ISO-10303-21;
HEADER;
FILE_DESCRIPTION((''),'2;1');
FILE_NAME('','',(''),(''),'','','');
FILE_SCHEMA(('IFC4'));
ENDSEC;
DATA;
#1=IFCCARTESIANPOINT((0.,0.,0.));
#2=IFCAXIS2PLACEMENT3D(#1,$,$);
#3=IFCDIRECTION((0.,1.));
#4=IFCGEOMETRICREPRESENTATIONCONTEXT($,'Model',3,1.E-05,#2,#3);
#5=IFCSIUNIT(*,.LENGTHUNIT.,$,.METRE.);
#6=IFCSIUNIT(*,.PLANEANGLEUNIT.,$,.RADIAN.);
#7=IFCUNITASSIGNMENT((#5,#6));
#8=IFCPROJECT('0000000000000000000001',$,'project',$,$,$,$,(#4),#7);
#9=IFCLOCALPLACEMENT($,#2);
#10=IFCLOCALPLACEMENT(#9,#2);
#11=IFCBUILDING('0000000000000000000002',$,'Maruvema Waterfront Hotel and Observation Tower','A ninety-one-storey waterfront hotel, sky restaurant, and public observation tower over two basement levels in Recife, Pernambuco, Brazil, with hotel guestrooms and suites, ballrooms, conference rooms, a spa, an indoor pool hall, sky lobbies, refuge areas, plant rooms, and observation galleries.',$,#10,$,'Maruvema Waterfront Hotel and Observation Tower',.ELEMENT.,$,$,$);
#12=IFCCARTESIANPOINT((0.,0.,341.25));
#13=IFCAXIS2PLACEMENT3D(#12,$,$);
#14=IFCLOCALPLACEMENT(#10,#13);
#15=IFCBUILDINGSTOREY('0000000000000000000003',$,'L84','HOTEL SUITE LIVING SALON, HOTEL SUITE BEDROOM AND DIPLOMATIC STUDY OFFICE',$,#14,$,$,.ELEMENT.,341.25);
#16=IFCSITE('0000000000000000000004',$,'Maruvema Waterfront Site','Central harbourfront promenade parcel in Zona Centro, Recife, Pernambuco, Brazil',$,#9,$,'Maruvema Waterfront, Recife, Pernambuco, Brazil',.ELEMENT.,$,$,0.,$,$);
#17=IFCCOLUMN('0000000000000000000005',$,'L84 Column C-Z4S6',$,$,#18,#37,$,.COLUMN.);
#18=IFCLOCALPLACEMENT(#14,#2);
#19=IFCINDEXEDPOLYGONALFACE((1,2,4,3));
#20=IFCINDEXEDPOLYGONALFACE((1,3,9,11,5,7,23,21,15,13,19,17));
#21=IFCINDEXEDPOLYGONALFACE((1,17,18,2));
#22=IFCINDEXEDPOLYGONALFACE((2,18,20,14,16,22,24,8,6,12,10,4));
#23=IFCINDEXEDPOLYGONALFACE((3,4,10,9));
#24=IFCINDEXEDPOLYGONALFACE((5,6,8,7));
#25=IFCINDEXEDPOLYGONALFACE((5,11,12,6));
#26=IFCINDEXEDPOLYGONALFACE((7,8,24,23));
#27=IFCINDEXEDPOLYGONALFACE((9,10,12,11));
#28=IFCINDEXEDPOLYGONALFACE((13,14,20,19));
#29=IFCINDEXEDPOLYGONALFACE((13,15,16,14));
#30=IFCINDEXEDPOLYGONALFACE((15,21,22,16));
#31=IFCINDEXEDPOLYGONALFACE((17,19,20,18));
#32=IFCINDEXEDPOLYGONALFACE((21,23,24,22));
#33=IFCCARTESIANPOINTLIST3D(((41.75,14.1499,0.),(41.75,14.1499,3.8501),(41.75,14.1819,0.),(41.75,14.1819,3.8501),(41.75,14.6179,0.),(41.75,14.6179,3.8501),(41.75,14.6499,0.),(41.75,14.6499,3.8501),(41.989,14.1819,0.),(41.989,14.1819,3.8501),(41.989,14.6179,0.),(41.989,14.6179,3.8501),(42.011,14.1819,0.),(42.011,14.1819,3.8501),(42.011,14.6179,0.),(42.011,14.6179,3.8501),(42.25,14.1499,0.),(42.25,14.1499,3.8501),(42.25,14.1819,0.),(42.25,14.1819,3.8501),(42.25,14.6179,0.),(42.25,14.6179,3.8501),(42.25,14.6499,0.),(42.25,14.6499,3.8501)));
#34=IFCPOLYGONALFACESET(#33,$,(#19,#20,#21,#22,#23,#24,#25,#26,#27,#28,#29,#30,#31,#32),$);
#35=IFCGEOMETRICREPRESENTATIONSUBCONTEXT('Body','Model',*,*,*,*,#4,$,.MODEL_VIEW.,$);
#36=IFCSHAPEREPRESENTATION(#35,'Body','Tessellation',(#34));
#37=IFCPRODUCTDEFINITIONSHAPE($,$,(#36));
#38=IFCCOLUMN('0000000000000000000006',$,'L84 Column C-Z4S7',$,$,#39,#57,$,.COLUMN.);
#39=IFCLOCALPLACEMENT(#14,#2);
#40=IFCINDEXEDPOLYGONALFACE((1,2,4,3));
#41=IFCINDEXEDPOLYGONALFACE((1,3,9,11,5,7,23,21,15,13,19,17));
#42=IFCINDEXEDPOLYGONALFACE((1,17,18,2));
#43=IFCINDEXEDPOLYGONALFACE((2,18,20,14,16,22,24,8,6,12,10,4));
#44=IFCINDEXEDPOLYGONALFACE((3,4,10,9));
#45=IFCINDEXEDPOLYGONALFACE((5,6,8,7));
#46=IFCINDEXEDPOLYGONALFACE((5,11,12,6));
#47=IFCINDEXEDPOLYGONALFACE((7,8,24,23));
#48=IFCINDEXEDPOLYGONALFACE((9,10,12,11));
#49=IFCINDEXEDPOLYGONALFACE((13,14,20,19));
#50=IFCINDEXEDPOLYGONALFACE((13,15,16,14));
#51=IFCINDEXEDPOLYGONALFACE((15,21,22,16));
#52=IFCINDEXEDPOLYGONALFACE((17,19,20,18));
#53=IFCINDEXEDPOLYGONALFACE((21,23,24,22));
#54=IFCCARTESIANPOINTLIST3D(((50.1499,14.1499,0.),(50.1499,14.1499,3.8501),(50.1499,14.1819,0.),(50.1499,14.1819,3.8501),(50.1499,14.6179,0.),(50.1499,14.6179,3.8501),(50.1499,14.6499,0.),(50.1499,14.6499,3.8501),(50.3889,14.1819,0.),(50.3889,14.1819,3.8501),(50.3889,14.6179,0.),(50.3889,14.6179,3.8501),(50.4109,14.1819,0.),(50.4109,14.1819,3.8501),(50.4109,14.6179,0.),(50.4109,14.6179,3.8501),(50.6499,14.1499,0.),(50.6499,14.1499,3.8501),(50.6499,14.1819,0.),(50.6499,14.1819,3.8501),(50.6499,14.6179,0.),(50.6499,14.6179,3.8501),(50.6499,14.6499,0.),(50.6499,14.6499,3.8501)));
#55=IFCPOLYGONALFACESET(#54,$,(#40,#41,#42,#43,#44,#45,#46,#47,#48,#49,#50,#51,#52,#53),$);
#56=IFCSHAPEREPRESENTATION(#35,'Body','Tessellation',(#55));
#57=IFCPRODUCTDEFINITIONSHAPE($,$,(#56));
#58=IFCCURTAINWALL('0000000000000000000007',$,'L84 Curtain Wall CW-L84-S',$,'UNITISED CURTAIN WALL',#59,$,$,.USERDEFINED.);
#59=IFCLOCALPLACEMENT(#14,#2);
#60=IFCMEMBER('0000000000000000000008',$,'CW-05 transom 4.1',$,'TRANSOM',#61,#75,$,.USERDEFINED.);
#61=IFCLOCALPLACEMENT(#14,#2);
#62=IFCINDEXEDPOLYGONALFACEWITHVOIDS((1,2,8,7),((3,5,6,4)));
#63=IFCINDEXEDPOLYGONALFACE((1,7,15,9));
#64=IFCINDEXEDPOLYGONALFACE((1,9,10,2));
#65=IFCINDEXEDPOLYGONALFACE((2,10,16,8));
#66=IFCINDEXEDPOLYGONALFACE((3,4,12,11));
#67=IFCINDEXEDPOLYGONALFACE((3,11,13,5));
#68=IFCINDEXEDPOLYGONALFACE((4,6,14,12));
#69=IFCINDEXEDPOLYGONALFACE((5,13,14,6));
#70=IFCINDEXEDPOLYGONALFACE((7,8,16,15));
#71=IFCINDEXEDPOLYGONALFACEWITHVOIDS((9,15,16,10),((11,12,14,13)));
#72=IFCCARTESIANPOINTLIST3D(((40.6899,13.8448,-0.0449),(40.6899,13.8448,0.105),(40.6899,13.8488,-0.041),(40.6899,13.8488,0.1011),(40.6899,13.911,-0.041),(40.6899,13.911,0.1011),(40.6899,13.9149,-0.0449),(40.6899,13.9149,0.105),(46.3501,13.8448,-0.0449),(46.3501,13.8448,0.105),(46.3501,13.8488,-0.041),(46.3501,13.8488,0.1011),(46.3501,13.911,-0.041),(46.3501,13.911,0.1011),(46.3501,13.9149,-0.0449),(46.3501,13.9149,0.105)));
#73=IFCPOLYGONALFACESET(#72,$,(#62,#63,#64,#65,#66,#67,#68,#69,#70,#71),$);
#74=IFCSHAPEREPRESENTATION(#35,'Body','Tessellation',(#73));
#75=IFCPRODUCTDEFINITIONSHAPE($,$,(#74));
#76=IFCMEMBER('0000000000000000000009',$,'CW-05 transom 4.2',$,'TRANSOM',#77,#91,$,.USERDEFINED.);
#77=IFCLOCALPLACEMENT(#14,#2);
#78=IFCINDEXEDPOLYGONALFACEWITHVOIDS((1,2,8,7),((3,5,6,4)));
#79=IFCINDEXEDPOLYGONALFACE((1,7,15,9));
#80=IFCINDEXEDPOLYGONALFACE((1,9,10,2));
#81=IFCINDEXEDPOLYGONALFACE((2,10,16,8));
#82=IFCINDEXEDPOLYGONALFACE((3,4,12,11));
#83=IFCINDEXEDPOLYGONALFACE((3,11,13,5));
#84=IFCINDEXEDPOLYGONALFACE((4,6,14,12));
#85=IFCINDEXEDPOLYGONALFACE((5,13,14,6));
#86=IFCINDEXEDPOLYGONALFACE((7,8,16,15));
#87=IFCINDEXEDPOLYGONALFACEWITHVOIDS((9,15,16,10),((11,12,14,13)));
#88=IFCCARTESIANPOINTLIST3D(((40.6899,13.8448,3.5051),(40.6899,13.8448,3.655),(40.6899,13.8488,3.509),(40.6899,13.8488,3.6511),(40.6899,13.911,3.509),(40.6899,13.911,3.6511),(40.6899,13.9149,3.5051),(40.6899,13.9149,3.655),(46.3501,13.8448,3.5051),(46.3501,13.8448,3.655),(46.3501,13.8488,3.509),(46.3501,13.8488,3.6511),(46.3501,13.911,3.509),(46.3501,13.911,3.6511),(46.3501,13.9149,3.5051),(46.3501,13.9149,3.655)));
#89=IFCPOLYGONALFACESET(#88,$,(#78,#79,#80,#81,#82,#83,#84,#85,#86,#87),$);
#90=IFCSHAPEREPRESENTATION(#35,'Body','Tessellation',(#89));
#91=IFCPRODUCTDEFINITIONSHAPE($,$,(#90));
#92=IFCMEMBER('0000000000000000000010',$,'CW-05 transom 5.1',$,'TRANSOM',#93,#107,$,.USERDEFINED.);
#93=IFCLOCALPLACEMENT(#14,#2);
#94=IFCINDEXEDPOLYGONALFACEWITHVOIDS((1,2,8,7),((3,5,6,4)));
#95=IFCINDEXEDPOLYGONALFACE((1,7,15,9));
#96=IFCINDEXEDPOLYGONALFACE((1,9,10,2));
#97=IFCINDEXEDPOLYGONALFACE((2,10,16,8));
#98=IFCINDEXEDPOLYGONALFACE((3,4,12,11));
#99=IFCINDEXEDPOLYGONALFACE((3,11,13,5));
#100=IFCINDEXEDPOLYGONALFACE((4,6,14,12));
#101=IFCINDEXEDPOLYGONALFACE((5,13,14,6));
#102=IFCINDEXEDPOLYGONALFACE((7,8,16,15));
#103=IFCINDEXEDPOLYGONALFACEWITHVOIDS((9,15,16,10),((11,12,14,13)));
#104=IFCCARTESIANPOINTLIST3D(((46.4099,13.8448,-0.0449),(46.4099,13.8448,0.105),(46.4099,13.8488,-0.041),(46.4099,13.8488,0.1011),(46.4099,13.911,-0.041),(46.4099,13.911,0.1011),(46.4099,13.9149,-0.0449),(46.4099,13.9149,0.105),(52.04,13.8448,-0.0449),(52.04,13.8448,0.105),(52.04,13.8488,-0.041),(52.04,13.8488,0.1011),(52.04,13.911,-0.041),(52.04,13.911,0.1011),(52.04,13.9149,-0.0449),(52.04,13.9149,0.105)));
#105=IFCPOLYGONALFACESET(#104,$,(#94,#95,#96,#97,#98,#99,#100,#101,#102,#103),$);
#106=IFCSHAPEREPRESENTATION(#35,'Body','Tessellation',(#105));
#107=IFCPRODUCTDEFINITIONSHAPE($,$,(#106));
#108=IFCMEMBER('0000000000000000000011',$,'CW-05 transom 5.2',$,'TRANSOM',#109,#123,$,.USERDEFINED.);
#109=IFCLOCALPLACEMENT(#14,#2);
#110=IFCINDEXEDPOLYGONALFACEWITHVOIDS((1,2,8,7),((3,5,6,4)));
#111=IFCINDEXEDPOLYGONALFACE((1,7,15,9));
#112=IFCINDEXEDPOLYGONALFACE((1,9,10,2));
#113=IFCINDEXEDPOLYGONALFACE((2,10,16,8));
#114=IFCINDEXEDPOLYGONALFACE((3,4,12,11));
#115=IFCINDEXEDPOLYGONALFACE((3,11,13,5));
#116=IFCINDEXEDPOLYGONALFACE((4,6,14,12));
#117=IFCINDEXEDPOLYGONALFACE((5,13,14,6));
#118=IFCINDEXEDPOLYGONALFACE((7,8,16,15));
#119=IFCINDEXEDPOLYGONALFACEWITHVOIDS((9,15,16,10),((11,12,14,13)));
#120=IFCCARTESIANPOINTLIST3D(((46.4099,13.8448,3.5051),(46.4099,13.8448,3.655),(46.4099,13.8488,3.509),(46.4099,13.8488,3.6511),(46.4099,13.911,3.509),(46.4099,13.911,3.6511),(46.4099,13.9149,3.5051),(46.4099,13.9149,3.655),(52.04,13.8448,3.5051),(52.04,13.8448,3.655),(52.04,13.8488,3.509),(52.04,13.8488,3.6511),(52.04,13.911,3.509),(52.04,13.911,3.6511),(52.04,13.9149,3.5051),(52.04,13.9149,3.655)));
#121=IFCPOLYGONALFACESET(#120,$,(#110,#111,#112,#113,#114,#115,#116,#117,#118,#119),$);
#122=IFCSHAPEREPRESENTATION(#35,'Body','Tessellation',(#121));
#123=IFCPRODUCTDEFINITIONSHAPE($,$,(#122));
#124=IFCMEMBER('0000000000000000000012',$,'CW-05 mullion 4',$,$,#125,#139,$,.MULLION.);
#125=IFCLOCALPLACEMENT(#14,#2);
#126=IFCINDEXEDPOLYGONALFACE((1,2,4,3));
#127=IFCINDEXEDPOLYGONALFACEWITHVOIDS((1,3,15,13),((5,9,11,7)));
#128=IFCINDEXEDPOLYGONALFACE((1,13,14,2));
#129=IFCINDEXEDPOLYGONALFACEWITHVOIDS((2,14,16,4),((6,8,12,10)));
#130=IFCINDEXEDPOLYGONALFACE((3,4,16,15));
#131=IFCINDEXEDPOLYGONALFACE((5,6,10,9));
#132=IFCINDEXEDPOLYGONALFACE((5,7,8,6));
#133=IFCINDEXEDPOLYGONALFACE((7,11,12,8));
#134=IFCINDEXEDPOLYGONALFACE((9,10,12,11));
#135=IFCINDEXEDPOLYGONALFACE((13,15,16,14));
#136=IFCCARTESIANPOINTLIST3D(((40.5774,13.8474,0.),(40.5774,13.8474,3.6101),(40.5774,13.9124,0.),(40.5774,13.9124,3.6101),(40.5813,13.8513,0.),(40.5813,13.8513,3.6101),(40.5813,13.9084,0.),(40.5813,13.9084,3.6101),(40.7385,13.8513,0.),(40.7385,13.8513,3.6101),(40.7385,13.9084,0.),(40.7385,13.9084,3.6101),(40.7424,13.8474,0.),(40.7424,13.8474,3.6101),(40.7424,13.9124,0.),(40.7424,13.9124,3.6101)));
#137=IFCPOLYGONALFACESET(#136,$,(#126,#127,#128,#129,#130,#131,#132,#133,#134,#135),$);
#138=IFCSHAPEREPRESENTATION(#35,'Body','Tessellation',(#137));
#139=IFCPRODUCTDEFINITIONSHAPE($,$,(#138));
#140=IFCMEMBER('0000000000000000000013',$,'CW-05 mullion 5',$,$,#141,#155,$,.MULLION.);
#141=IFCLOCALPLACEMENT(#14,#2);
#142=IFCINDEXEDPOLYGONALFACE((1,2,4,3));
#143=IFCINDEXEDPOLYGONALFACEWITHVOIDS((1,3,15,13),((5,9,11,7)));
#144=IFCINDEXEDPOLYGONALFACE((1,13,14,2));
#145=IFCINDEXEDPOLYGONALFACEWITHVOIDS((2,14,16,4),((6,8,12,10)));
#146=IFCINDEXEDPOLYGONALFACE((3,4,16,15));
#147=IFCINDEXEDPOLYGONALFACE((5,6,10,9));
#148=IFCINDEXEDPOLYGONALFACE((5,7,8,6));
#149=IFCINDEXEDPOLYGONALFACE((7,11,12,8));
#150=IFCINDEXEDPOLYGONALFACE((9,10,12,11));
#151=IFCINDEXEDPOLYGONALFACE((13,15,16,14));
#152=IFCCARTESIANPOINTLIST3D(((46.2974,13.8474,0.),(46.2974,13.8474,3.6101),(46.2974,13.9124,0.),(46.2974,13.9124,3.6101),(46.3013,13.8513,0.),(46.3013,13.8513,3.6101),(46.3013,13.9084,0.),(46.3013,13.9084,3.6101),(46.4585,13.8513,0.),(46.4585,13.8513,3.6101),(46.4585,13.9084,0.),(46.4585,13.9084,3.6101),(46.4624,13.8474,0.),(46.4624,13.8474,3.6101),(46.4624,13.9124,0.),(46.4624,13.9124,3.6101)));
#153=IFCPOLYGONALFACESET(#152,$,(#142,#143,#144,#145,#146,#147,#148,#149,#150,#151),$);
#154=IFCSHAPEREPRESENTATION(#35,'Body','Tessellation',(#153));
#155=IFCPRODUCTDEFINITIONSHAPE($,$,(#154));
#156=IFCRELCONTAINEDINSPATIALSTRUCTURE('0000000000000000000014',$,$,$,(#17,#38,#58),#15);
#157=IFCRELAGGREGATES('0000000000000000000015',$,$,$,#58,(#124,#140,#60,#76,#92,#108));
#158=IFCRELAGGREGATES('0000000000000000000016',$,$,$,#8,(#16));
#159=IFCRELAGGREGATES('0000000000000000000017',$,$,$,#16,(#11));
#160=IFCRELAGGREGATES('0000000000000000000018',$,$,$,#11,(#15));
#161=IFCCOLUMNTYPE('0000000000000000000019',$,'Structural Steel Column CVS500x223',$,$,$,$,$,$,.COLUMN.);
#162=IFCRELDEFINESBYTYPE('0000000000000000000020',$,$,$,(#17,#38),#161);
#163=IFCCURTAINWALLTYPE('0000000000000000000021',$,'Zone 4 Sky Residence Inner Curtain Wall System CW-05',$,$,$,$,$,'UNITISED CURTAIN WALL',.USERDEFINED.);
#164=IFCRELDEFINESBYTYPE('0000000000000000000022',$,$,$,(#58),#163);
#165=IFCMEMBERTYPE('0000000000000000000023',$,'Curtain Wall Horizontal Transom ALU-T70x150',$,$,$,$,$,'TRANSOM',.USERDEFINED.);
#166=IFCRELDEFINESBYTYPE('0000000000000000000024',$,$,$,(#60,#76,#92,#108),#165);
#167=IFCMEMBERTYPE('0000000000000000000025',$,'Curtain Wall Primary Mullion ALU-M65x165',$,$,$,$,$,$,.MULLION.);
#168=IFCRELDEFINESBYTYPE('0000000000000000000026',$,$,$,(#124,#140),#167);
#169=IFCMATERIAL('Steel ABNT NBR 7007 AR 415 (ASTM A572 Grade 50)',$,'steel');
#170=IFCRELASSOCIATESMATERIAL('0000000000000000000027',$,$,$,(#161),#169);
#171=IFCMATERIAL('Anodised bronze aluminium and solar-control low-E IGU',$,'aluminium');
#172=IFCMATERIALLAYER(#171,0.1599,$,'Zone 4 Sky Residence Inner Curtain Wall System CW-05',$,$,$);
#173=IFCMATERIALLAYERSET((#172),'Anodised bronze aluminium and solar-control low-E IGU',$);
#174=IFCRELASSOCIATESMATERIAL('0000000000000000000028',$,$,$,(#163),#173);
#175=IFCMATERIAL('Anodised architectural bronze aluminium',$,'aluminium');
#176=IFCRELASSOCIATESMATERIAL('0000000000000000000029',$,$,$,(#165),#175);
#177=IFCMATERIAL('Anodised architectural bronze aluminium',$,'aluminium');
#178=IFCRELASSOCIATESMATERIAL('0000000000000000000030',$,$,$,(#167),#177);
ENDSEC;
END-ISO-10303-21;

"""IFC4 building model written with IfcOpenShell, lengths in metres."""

from ifc_helpers import new_model, si_unit, direction, frame, origin, origin_2d, place, context, subcontext, project, spatial, hollow_rectangle, i_section, extrude, material, layer, layer_set, material_profile, profile_set, type_object, element, aggregate, save


model = new_model("IFC4")

# Units and contexts
model_context = context("Model", 3, precision=1e-05, world=origin(), true_north=direction((0.0, 1.0)))
body_context = subcontext(model_context, "Body", "Model", "MODEL_VIEW")
ifc_project = project(units=[si_unit("LENGTHUNIT", "METRE"), si_unit("PLANEANGLEUNIT", "RADIAN")], contexts=[model_context])

# Site, building, storey
site_placement = place(None, origin())
site = spatial("IfcSite", under=ifc_project, at=site_placement, Name="Maruvema Waterfront Site", Description="Central harbourfront promenade parcel in Zona Centro, Recife, Pernambuco, Brazil", LongName="Maruvema Waterfront, Recife, Pernambuco, Brazil", CompositionType="ELEMENT", RefElevation=0.0)
building_placement = place(site_placement, origin())
building = spatial("IfcBuilding", under=site, at=building_placement, Name="Maruvema Waterfront Hotel and Observation Tower", Description="A ninety-one-storey waterfront hotel, sky restaurant, and public observation tower over two basement levels in Recife, Pernambuco, Brazil, with hotel guestrooms and suites, ballrooms, conference rooms, a spa, an indoor pool hall, sky lobbies, refuge areas, plant rooms, and observation galleries.", LongName="Maruvema Waterfront Hotel and Observation Tower", CompositionType="ELEMENT")
storey_placement = place(building_placement, frame((0.0, 0.0, 341.25)))
storey = spatial("IfcBuildingStorey", under=building, at=storey_placement, Name="L84", Description="HOTEL SUITE LIVING SALON, HOTEL SUITE BEDROOM AND DIPLOMATIC STUDY OFFICE", CompositionType="ELEMENT", Elevation=341.25)

# Columns
ifc_material_1 = material(Name="Steel ABNT NBR 7007 AR 415 (ASTM A572 Grade 50)", Category="steel")
ifc_material_profile_1 = material_profile(ifc_material_1, i_section(OverallWidth=0.5, OverallDepth=0.5, WebThickness=0.022, FlangeThickness=0.032, at=origin_2d()), Name="CVS500x223")
ifc_profile_set_1 = profile_set([ifc_material_profile_1], Name="Steel ABNT NBR 7007 AR 415 (ASTM A572 Grade 50)")
column_type = type_object("IfcColumnType", Name="Structural Steel Column CVS500x223", PredefinedType="COLUMN", material=ifc_profile_set_1)
for number, where, z_axis, x_axis, name in (
    (1, (42.0, 14.3999, 0.0), (0.0, 0.0, 1.0), (1.0, 0.0, 0.0), "L84 Column C-Z4S6"),
    (2, (50.3999, 14.3999, 0.0), (0.0, 0.0, 1.0), (1.0, 0.0, 0.0), "L84 Column C-Z4S7"),
):
    element("IfcColumn", number, at=place(storey_placement, frame(where, z_axis=z_axis, x_axis=x_axis)), inside=storey, type_object=column_type, Name=name, PredefinedType="COLUMN", context=body_context, shape_type="SweptSolid", body=[
        extrude(i_section(OverallWidth=0.5, OverallDepth=0.5, WebThickness=0.022, FlangeThickness=0.032, at=origin_2d()), origin(), (0.0, 0.0, 1.0), 3.8501),
    ])

# Curtain wall, members
ifc_material_2 = material(Name="Anodised bronze aluminium and solar-control low-E IGU", Category="aluminium")
ifc_layer_1 = layer(ifc_material_2, 0.1599, Name="Zone 4 Sky Residence Inner Curtain Wall System CW-05")
ifc_layer_set_1 = layer_set([ifc_layer_1], Name="Anodised bronze aluminium and solar-control low-E IGU")
curtain_wall_type = type_object("IfcCurtainWallType", Name="Zone 4 Sky Residence Inner Curtain Wall System CW-05", ElementType="UNITISED CURTAIN WALL", PredefinedType="USERDEFINED", material=ifc_layer_set_1)
curtain_wall_placement = place(storey_placement, origin())
curtain_wall = element("IfcCurtainWall", 3, at=curtain_wall_placement, inside=storey, type_object=curtain_wall_type, Name="L84 Curtain Wall CW-L84-S", ObjectType="UNITISED CURTAIN WALL", PredefinedType="USERDEFINED")
ifc_material_3 = material(Name="Anodised architectural bronze aluminium", Category="aluminium")
ifc_material_profile_2 = material_profile(ifc_material_3, hollow_rectangle(XDim=0.0701, YDim=0.1499, WallThickness=0.0039, at=origin_2d()), Name="ALU-T70x150")
ifc_profile_set_2 = profile_set([ifc_material_profile_2], Name="Anodised architectural bronze aluminium")
member_type_1 = type_object("IfcMemberType", Name="Curtain Wall Horizontal Transom ALU-T70x150", ElementType="TRANSOM", PredefinedType="USERDEFINED", material=ifc_profile_set_2)
member_1_placement = place(storey_placement, frame((40.6899, 13.8799, 0.03), z_axis=(1.0, 0.0, 0.0), x_axis=(0.0, 1.0, 0.0)))
member_1 = element("IfcMember", 4, at=member_1_placement, type_object=member_type_1, Name="CW-05 transom 4.1", ObjectType="TRANSOM", PredefinedType="USERDEFINED", context=body_context, shape_type="SweptSolid", body=[
    extrude(hollow_rectangle(XDim=0.0701, YDim=0.1499, WallThickness=0.0039, at=origin_2d()), origin(), (0.0, 0.0, 1.0), 5.6602),
])
member_2_placement = place(storey_placement, frame((40.6899, 13.8799, 3.5801), z_axis=(1.0, 0.0, 0.0), x_axis=(0.0, 1.0, 0.0)))
member_2 = element("IfcMember", 5, at=member_2_placement, type_object=member_type_1, Name="CW-05 transom 4.2", ObjectType="TRANSOM", PredefinedType="USERDEFINED", context=body_context, shape_type="SweptSolid", body=[
    extrude(hollow_rectangle(XDim=0.0701, YDim=0.1499, WallThickness=0.0039, at=origin_2d()), origin(), (0.0, 0.0, 1.0), 5.6602),
])
member_3_placement = place(storey_placement, frame((46.4099, 13.8799, 0.03), z_axis=(1.0, 0.0, 0.0), x_axis=(0.0, 1.0, 0.0)))
member_3 = element("IfcMember", 6, at=member_3_placement, type_object=member_type_1, Name="CW-05 transom 5.1", ObjectType="TRANSOM", PredefinedType="USERDEFINED", context=body_context, shape_type="SweptSolid", body=[
    extrude(hollow_rectangle(XDim=0.0701, YDim=0.1499, WallThickness=0.0039, at=origin_2d()), origin(), (0.0, 0.0, 1.0), 5.6301),
])
member_4_placement = place(storey_placement, frame((46.4099, 13.8799, 3.5801), z_axis=(1.0, 0.0, 0.0), x_axis=(0.0, 1.0, 0.0)))
member_4 = element("IfcMember", 7, at=member_4_placement, type_object=member_type_1, Name="CW-05 transom 5.2", ObjectType="TRANSOM", PredefinedType="USERDEFINED", context=body_context, shape_type="SweptSolid", body=[
    extrude(hollow_rectangle(XDim=0.0701, YDim=0.1499, WallThickness=0.0039, at=origin_2d()), origin(), (0.0, 0.0, 1.0), 5.6301),
])
ifc_material_4 = material(Name="Anodised architectural bronze aluminium", Category="aluminium")
ifc_material_profile_3 = material_profile(ifc_material_4, hollow_rectangle(XDim=0.0649, YDim=0.165, WallThickness=0.0039, at=origin_2d()), Name="ALU-M65x165")
ifc_profile_set_3 = profile_set([ifc_material_profile_3], Name="Anodised architectural bronze aluminium")
member_type_2 = type_object("IfcMemberType", Name="Curtain Wall Primary Mullion ALU-M65x165", PredefinedType="MULLION", material=ifc_profile_set_3)
member_5_placement = place(storey_placement, frame((40.6599, 13.8799, 0.0), z_axis=(0.0, 0.0, 1.0), x_axis=(0.0, 1.0, 0.0)))
member_5 = element("IfcMember", 8, at=member_5_placement, type_object=member_type_2, Name="CW-05 mullion 4", PredefinedType="MULLION", context=body_context, shape_type="SweptSolid", body=[
    extrude(hollow_rectangle(XDim=0.0649, YDim=0.165, WallThickness=0.0039, at=origin_2d()), origin(), (0.0, 0.0, 1.0), 3.6101),
])
member_6_placement = place(storey_placement, frame((46.3799, 13.8799, 0.0), z_axis=(0.0, 0.0, 1.0), x_axis=(0.0, 1.0, 0.0)))
member_6 = element("IfcMember", 9, at=member_6_placement, type_object=member_type_2, Name="CW-05 mullion 5", PredefinedType="MULLION", context=body_context, shape_type="SweptSolid", body=[
    extrude(hollow_rectangle(XDim=0.0649, YDim=0.165, WallThickness=0.0039, at=origin_2d()), origin(), (0.0, 0.0, 1.0), 3.6101),
])

aggregate(curtain_wall, [member_5, member_6, member_1, member_2, member_3, member_4])

save(model, "model.ifc")
